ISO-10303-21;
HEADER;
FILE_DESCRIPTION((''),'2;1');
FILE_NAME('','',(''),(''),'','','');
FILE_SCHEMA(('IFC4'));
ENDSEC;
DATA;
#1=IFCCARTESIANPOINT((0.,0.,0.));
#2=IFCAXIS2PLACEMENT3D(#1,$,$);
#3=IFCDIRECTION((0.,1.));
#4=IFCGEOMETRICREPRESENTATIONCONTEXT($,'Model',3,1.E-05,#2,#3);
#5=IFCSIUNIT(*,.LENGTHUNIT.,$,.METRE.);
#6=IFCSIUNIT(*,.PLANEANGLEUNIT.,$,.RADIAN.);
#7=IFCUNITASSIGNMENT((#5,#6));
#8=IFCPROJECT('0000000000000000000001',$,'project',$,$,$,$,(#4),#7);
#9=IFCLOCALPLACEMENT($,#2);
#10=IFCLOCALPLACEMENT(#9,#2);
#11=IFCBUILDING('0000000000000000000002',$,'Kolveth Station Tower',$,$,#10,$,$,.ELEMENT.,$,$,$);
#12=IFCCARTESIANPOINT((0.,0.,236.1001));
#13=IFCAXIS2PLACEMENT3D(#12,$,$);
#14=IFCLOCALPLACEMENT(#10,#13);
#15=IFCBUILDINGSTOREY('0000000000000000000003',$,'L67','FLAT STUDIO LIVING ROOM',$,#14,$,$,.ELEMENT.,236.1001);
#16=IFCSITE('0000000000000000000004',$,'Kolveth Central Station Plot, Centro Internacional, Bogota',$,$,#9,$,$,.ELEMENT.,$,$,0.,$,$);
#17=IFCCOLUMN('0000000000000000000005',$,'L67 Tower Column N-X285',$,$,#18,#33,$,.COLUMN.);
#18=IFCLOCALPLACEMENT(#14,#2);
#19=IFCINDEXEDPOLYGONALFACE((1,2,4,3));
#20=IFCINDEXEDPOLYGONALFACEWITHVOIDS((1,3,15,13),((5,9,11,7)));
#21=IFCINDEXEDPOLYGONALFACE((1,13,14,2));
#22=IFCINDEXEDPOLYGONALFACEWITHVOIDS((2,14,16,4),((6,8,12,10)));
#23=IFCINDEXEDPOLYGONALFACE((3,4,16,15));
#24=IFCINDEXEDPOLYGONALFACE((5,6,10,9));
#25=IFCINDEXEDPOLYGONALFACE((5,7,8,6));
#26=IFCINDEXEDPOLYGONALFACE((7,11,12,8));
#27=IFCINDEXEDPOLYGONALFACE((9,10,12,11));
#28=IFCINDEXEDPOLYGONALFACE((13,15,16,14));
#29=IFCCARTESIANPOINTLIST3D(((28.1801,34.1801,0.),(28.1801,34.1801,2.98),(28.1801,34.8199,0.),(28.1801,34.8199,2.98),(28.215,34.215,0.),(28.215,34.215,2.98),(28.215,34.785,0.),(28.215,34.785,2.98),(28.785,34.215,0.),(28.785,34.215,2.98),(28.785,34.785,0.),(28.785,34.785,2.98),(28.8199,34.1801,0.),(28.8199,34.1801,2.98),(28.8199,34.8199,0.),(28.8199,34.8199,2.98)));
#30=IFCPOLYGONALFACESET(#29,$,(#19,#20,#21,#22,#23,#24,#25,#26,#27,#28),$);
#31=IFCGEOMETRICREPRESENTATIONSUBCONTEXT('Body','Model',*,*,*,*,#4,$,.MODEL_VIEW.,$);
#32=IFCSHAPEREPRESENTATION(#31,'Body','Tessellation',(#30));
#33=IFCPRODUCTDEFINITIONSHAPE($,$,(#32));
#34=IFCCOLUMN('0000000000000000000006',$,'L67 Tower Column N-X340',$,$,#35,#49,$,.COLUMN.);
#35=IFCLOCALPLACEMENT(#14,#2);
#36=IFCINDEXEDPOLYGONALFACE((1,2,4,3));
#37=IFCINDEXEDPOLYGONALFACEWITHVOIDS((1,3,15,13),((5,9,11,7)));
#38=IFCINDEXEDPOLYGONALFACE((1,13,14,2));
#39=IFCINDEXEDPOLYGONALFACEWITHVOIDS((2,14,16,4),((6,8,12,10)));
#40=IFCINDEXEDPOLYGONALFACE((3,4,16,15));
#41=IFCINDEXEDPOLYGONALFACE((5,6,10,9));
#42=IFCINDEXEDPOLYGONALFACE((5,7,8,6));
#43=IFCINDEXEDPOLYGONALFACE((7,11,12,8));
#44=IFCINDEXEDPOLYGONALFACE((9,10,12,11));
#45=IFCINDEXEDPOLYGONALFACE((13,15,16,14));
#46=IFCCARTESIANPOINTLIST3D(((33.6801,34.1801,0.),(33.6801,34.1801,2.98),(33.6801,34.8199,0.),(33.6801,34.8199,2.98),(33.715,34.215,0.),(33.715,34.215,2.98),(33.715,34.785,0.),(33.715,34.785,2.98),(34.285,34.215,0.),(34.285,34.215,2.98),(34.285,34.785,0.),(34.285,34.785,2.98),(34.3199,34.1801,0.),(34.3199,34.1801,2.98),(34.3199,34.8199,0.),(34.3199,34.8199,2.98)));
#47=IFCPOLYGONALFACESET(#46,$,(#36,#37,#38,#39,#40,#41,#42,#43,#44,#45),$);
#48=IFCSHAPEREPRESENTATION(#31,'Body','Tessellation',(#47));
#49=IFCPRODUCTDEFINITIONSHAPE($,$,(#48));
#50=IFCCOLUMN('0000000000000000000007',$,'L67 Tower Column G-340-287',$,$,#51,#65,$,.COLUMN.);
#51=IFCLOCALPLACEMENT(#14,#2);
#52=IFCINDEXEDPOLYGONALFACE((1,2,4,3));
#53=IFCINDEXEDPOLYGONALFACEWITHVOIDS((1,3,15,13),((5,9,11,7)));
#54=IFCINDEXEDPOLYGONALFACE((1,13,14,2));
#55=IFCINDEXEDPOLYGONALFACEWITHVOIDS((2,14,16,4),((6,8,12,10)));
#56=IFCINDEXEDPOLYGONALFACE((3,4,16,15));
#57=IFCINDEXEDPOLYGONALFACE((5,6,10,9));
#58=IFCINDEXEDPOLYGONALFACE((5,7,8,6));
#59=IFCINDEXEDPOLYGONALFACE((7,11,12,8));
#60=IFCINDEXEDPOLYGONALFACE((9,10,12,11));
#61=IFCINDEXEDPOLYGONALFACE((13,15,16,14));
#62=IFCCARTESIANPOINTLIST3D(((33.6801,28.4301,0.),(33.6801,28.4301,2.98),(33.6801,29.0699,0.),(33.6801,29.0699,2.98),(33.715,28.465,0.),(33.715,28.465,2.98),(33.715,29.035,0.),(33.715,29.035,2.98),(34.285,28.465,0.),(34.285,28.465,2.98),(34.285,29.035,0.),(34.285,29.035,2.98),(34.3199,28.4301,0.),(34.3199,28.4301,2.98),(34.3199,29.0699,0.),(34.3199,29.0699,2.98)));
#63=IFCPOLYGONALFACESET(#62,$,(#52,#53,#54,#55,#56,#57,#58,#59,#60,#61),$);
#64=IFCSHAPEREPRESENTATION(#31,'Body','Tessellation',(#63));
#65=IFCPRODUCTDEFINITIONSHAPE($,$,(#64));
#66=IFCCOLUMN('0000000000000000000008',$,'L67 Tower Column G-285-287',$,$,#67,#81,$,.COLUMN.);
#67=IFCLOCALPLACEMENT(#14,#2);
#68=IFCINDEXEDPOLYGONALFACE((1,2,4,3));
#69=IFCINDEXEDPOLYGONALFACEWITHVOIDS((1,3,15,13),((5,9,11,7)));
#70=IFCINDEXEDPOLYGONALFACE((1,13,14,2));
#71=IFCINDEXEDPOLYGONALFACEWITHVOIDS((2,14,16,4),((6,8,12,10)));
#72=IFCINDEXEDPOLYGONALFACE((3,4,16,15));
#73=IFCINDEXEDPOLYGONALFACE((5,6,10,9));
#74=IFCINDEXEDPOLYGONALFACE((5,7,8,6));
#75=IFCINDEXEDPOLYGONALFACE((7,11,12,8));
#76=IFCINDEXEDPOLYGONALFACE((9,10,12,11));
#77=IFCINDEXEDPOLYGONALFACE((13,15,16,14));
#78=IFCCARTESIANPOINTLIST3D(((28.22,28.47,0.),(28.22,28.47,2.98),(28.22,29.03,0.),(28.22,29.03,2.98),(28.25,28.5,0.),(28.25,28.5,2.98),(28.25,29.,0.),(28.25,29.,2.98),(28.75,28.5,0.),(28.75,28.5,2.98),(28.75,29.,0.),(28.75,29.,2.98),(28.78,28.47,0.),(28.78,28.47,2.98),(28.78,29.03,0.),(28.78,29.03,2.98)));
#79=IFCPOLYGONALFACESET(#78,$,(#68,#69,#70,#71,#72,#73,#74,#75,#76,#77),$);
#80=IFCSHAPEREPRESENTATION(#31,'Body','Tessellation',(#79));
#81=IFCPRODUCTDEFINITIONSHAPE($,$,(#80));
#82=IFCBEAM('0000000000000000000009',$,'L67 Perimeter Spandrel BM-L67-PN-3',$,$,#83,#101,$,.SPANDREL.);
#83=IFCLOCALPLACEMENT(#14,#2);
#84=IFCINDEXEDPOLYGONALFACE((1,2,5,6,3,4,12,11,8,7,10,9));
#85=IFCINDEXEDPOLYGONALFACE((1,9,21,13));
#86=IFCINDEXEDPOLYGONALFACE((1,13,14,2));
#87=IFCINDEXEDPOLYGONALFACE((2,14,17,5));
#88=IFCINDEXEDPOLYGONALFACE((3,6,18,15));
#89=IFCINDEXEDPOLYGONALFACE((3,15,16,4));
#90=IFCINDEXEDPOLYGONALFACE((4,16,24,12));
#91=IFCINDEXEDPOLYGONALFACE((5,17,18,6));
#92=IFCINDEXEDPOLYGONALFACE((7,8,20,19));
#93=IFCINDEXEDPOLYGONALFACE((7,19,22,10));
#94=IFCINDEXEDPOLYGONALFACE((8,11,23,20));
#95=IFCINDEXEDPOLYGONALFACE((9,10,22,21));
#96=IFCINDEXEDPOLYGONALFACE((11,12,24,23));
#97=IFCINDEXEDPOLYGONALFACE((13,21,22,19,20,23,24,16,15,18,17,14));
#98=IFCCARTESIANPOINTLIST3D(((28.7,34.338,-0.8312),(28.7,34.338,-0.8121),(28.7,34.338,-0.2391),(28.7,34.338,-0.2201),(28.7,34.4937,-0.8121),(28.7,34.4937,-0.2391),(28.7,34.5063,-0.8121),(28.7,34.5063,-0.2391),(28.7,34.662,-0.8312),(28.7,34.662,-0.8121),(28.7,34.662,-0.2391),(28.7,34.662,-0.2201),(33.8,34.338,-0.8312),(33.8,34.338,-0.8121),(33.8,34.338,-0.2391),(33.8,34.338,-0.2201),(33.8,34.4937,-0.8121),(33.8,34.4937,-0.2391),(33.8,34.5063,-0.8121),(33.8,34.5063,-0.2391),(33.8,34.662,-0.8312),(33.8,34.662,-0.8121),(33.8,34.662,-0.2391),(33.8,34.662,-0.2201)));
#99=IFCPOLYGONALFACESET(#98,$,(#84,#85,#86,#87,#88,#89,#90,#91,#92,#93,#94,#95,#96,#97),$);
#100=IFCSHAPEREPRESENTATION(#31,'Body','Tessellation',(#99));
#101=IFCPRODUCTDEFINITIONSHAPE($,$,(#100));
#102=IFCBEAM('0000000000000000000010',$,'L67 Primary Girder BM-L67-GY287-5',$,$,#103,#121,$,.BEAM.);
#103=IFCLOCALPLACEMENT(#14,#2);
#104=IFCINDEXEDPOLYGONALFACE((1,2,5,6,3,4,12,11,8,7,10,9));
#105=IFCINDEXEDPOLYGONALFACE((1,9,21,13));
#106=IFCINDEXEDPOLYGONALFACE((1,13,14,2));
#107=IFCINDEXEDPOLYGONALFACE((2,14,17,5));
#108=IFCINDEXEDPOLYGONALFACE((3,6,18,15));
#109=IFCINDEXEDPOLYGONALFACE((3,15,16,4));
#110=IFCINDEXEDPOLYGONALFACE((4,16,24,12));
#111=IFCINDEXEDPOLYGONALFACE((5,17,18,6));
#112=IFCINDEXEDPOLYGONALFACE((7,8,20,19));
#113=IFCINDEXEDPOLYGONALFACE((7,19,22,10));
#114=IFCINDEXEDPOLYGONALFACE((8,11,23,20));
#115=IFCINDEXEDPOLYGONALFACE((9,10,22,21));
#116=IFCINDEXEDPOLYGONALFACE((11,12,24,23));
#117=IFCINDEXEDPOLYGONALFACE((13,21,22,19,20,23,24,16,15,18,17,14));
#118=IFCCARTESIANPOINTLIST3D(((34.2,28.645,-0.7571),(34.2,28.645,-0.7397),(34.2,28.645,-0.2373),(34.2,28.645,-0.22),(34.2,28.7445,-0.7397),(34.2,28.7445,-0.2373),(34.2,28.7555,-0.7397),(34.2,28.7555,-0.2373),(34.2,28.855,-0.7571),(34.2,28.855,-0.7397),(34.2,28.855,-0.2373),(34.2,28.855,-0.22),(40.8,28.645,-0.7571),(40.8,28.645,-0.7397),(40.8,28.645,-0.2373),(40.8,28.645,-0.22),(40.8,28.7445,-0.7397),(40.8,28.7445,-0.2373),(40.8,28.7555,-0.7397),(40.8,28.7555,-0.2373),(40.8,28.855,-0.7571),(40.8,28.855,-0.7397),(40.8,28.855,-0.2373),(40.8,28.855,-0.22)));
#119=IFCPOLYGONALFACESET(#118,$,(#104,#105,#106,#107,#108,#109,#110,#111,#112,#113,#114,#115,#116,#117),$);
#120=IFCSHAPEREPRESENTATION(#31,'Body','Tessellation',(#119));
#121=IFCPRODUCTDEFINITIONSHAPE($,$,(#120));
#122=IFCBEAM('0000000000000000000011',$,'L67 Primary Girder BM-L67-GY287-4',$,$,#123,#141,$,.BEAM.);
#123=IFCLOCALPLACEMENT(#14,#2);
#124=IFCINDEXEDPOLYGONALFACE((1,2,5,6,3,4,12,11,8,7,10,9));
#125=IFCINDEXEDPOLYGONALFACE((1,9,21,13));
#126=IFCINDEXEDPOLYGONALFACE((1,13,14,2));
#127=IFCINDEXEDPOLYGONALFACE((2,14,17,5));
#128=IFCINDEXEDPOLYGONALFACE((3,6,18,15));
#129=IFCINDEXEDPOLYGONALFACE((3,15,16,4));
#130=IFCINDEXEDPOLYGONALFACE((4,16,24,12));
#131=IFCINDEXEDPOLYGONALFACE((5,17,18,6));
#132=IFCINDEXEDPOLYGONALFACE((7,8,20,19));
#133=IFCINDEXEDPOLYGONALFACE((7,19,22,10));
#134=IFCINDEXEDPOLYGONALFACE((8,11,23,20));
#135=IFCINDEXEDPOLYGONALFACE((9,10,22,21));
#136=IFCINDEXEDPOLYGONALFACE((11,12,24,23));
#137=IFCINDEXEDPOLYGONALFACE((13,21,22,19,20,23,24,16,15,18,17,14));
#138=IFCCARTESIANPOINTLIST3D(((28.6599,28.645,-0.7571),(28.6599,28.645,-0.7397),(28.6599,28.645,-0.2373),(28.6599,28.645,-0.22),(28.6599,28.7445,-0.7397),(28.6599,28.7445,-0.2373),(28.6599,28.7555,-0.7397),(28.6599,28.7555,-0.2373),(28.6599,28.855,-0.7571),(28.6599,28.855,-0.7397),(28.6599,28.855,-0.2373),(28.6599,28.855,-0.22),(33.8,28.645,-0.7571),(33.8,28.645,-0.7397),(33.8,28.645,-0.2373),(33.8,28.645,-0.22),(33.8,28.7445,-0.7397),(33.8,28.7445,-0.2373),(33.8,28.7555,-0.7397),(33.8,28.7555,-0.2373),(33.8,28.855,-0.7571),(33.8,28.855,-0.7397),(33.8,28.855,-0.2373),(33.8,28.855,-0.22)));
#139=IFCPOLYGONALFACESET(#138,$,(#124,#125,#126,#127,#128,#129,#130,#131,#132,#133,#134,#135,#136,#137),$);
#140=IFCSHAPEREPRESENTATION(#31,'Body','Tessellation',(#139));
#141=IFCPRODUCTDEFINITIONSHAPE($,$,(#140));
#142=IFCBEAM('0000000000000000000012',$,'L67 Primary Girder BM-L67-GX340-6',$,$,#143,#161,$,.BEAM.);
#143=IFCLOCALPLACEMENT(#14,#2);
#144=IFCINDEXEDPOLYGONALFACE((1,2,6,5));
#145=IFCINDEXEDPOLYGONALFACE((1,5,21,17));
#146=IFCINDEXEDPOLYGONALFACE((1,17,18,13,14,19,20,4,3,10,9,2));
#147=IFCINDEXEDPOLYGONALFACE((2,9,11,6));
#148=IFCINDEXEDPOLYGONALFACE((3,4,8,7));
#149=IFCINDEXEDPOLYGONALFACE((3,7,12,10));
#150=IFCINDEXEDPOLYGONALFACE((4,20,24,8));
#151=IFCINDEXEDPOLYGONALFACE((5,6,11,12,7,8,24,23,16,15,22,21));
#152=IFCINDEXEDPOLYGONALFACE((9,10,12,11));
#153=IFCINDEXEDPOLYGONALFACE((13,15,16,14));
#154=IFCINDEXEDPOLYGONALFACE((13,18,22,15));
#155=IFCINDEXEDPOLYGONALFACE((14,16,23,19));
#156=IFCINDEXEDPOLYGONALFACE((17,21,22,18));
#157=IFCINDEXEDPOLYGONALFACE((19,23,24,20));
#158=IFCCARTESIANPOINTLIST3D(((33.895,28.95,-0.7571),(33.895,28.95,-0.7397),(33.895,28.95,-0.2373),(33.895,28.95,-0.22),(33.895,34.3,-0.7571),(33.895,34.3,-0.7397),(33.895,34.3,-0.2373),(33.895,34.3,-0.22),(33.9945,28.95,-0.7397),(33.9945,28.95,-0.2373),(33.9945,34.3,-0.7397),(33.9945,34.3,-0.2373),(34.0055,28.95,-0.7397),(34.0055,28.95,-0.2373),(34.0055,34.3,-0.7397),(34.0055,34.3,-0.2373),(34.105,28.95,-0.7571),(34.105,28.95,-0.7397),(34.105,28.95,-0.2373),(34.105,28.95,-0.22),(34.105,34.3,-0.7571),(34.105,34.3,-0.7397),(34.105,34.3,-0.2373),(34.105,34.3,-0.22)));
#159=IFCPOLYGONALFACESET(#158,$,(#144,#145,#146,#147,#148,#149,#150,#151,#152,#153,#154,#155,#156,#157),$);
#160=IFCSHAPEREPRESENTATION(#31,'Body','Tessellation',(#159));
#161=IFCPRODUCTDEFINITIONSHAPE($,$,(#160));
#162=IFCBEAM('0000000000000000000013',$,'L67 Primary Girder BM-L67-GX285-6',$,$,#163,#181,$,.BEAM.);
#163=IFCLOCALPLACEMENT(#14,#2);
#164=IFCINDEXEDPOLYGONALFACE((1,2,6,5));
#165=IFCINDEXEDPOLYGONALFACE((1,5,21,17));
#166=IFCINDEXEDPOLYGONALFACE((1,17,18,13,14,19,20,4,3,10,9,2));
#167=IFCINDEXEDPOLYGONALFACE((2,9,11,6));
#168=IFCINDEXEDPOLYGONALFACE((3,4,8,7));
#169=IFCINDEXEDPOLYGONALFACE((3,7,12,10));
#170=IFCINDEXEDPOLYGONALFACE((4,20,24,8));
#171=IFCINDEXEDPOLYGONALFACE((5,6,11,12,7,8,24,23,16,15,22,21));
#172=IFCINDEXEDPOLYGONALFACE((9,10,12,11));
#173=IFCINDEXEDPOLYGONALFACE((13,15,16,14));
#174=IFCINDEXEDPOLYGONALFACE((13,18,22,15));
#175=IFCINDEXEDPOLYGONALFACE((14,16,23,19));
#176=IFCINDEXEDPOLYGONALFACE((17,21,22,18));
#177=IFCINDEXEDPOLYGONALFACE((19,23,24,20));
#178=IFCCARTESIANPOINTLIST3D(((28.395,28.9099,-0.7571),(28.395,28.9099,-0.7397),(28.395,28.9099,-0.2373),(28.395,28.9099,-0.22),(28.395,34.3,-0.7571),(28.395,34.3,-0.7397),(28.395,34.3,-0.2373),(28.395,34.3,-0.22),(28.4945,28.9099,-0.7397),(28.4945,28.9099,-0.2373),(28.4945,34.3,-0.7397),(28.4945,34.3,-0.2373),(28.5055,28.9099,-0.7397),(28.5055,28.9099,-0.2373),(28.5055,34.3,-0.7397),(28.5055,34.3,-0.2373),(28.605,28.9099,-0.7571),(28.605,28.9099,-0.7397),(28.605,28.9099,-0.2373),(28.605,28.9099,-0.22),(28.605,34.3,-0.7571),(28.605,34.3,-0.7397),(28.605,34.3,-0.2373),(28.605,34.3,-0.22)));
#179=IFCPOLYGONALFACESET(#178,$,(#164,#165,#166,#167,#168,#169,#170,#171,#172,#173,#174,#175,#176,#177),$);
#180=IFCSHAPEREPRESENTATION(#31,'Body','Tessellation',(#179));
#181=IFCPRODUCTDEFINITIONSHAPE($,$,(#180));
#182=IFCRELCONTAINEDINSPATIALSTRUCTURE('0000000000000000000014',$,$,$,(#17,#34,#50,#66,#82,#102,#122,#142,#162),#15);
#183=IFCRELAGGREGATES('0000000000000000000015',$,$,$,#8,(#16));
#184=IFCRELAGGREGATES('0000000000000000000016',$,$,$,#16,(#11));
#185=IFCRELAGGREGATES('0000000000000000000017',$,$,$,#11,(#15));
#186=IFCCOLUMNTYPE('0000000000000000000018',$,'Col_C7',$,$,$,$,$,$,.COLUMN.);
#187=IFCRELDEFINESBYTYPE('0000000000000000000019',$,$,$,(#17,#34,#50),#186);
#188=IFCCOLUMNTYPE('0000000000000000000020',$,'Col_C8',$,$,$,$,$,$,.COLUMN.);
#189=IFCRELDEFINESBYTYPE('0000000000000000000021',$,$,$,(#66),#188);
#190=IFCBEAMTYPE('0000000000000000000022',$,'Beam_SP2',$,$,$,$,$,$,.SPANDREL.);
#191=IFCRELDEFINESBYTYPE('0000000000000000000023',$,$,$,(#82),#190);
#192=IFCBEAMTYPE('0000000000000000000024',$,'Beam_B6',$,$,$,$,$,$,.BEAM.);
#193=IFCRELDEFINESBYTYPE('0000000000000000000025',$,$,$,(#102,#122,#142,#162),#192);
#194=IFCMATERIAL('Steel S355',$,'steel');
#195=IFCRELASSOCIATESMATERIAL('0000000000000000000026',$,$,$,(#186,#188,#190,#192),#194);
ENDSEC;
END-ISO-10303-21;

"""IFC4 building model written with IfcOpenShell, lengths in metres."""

from ifc_helpers import new_model, si_unit, direction, frame, origin, origin_2d, place, context, subcontext, project, spatial, hollow_rectangle, i_section, extrude, source, transform, mapped, material, material_profile, profile_set, type_object, element, save


model = new_model("IFC4")

# Units and contexts
model_context = context("Model", 3, precision=1e-05, world=origin(), true_north=direction((0.0, 1.0)))
body_context = subcontext(model_context, "Body", "Model", "MODEL_VIEW")
ifc_project = project(units=[si_unit("LENGTHUNIT", "METRE"), si_unit("PLANEANGLEUNIT", "RADIAN")], contexts=[model_context])

# Site, building, storey
site_placement = place(None, origin())
site = spatial("IfcSite", under=ifc_project, at=site_placement, Name="Kolveth Central Station Plot, Centro Internacional, Bogota", CompositionType="ELEMENT", RefElevation=0.0)
building_placement = place(site_placement, origin())
building = spatial("IfcBuilding", under=site, at=building_placement, Name="Kolveth Station Tower", CompositionType="ELEMENT")
storey_placement = place(building_placement, frame((0.0, 0.0, 236.1001)))
storey = spatial("IfcBuildingStorey", under=building, at=storey_placement, Name="L67", Description="FLAT STUDIO LIVING ROOM", CompositionType="ELEMENT", Elevation=236.1001)

# Columns
ifc_material_1 = material(Name="Steel S355", Category="steel")
ifc_material_profile_1 = material_profile(ifc_material_1, hollow_rectangle(XDim=0.6399, YDim=0.6399, WallThickness=0.0349, at=origin_2d()), Name="BOX640x640x35")
ifc_profile_set_1 = profile_set([ifc_material_profile_1], Name="Steel S355")
column_type_1 = type_object("IfcColumnType", Name="Col_C7", PredefinedType="COLUMN", material=ifc_profile_set_1)
shared_shape_1 = source(origin(), body_context, "Body", "SweptSolid", [
    extrude(hollow_rectangle(XDim=0.6399, YDim=0.6399, WallThickness=0.0349, at=origin_2d()), origin(), (0.0, 0.0, 1.0), 2.98),
])
for number, where, z_axis, x_axis, name in (
    (1, (28.5, 34.5, 0.0), (0.0, 0.0, 1.0), (1.0, 0.0, 0.0), "L67 Tower Column N-X285"),
    (2, (34.0, 34.5, 0.0), (0.0, 0.0, 1.0), (1.0, 0.0, 0.0), "L67 Tower Column N-X340"),
    (3, (34.0, 28.75, 0.0), (0.0, 0.0, 1.0), (1.0, 0.0, 0.0), "L67 Tower Column G-340-287"),
):
    element("IfcColumn", number, at=place(storey_placement, frame(where, z_axis=z_axis, x_axis=x_axis)), inside=storey, type_object=column_type_1, Name=name, PredefinedType="COLUMN", context=body_context, shape_type="MappedRepresentation", body=[
        mapped(shared_shape_1, transform((0.0, 0.0, 0.0), x_axis=(1.0, 0.0, 0.0), y_axis=(0.0, 1.0, 0.0), z_axis=(0.0, 0.0, 1.0), scale=1.0)),
    ])
ifc_material_profile_2 = material_profile(ifc_material_1, hollow_rectangle(XDim=0.5601, YDim=0.5601, WallThickness=0.03, at=origin_2d()), Name="BOX560x560x30")
ifc_profile_set_2 = profile_set([ifc_material_profile_2], Name="Steel S355")
column_type_2 = type_object("IfcColumnType", Name="Col_C8", PredefinedType="COLUMN", material=ifc_profile_set_2)
shared_shape_2 = source(origin(), body_context, "Body", "SweptSolid", [
    extrude(hollow_rectangle(XDim=0.5601, YDim=0.5601, WallThickness=0.03, at=origin_2d()), origin(), (0.0, 0.0, 1.0), 2.98),
])
column_placement = place(storey_placement, frame((28.5, 28.75, 0.0), z_axis=(0.0, 0.0, 1.0), x_axis=(1.0, 0.0, 0.0)))
element("IfcColumn", 4, at=column_placement, inside=storey, type_object=column_type_2, Name="L67 Tower Column G-285-287", PredefinedType="COLUMN", context=body_context, shape_type="MappedRepresentation", body=[
    mapped(shared_shape_2, transform((0.0, 0.0, 0.0), x_axis=(1.0, 0.0, 0.0), y_axis=(0.0, 1.0, 0.0), z_axis=(0.0, 0.0, 1.0), scale=1.0)),
])

# Beams
ifc_material_profile_3 = material_profile(ifc_material_1, i_section(OverallWidth=0.324, OverallDepth=0.6111, WebThickness=0.0127, FlangeThickness=0.019, at=origin_2d()), Name="W610x155")
ifc_profile_set_3 = profile_set([ifc_material_profile_3], Name="Steel S355")
beam_type_1 = type_object("IfcBeamType", Name="Beam_SP2", PredefinedType="SPANDREL", material=ifc_profile_set_3)
shared_shape_3 = source(origin(), body_context, "Body", "SweptSolid", [
    extrude(i_section(OverallWidth=0.324, OverallDepth=0.6111, WebThickness=0.0127, FlangeThickness=0.019, at=origin_2d()), origin(), (0.0, 0.0, 1.0), 5.1001),
])
beam_1_placement = place(storey_placement, frame((28.7, 34.5, -0.5256), z_axis=(1.0, 0.0, 0.0), x_axis=(0.0, 1.0, 0.0)))
element("IfcBeam", 5, at=beam_1_placement, inside=storey, type_object=beam_type_1, Name="L67 Perimeter Spandrel BM-L67-PN-3", PredefinedType="SPANDREL", context=body_context, shape_type="MappedRepresentation", body=[
    mapped(shared_shape_3, transform((0.0, 0.0, 0.0), x_axis=(1.0, 0.0, 0.0), y_axis=(0.0, 1.0, 0.0), z_axis=(0.0, 0.0, 1.0), scale=1.0)),
])
ifc_material_profile_4 = material_profile(ifc_material_1, i_section(OverallWidth=0.21, OverallDepth=0.5371, WebThickness=0.011, FlangeThickness=0.0173, at=origin_2d()), Name="W530x101")
ifc_profile_set_4 = profile_set([ifc_material_profile_4], Name="Steel S355")
beam_type_2 = type_object("IfcBeamType", Name="Beam_B6", PredefinedType="BEAM", material=ifc_profile_set_4)
shared_shape_4 = source(origin(), body_context, "Body", "SweptSolid", [
    extrude(i_section(OverallWidth=0.21, OverallDepth=0.5371, WebThickness=0.011, FlangeThickness=0.0173, at=origin_2d()), origin(), (0.0, 0.0, 1.0), 6.6001),
])
beam_2_placement = place(storey_placement, frame((34.2, 28.75, -0.4885), z_axis=(1.0, 0.0, 0.0), x_axis=(0.0, 1.0, 0.0)))
element("IfcBeam", 6, at=beam_2_placement, inside=storey, type_object=beam_type_2, Name="L67 Primary Girder BM-L67-GY287-5", PredefinedType="BEAM", context=body_context, shape_type="MappedRepresentation", body=[
    mapped(shared_shape_4, transform((0.0, 0.0, 0.0), x_axis=(1.0, 0.0, 0.0), y_axis=(0.0, 1.0, 0.0), z_axis=(0.0, 0.0, 1.0), scale=1.0)),
])
shared_shape_5 = source(origin(), body_context, "Body", "SweptSolid", [
    extrude(i_section(OverallWidth=0.21, OverallDepth=0.5371, WebThickness=0.011, FlangeThickness=0.0173, at=origin_2d()), origin(), (0.0, 0.0, 1.0), 5.1401),
])
beam_3_placement = place(storey_placement, frame((28.6599, 28.75, -0.4885), z_axis=(1.0, 0.0, 0.0), x_axis=(0.0, 1.0, 0.0)))
element("IfcBeam", 7, at=beam_3_placement, inside=storey, type_object=beam_type_2, Name="L67 Primary Girder BM-L67-GY287-4", PredefinedType="BEAM", context=body_context, shape_type="MappedRepresentation", body=[
    mapped(shared_shape_5, transform((0.0, 0.0, 0.0), x_axis=(1.0, 0.0, 0.0), y_axis=(0.0, 1.0, 0.0), z_axis=(0.0, 0.0, 1.0), scale=1.0)),
])
shared_shape_6 = source(origin(), body_context, "Body", "SweptSolid", [
    extrude(i_section(OverallWidth=0.21, OverallDepth=0.5371, WebThickness=0.011, FlangeThickness=0.0173, at=origin_2d()), origin(), (0.0, 0.0, 1.0), 5.3501),
])
beam_4_placement = place(storey_placement, frame((34.0, 28.95, -0.4885), z_axis=(0.0, 1.0, 0.0), x_axis=(-1.0, 0.0, 0.0)))
element("IfcBeam", 8, at=beam_4_placement, inside=storey, type_object=beam_type_2, Name="L67 Primary Girder BM-L67-GX340-6", PredefinedType="BEAM", context=body_context, shape_type="MappedRepresentation", body=[
    mapped(shared_shape_6, transform((0.0, 0.0, 0.0), x_axis=(1.0, 0.0, 0.0), y_axis=(0.0, 1.0, 0.0), z_axis=(0.0, 0.0, 1.0), scale=1.0)),
])
shared_shape_7 = source(origin(), body_context, "Body", "SweptSolid", [
    extrude(i_section(OverallWidth=0.21, OverallDepth=0.5371, WebThickness=0.011, FlangeThickness=0.0173, at=origin_2d()), origin(), (0.0, 0.0, 1.0), 5.3901),
])
beam_5_placement = place(storey_placement, frame((28.5, 28.9099, -0.4885), z_axis=(0.0, 1.0, 0.0), x_axis=(-1.0, 0.0, 0.0)))
element("IfcBeam", 9, at=beam_5_placement, inside=storey, type_object=beam_type_2, Name="L67 Primary Girder BM-L67-GX285-6", PredefinedType="BEAM", context=body_context, shape_type="MappedRepresentation", body=[
    mapped(shared_shape_7, transform((0.0, 0.0, 0.0), x_axis=(1.0, 0.0, 0.0), y_axis=(0.0, 1.0, 0.0), z_axis=(0.0, 0.0, 1.0), scale=1.0)),
])

save(model, "model.ifc")
